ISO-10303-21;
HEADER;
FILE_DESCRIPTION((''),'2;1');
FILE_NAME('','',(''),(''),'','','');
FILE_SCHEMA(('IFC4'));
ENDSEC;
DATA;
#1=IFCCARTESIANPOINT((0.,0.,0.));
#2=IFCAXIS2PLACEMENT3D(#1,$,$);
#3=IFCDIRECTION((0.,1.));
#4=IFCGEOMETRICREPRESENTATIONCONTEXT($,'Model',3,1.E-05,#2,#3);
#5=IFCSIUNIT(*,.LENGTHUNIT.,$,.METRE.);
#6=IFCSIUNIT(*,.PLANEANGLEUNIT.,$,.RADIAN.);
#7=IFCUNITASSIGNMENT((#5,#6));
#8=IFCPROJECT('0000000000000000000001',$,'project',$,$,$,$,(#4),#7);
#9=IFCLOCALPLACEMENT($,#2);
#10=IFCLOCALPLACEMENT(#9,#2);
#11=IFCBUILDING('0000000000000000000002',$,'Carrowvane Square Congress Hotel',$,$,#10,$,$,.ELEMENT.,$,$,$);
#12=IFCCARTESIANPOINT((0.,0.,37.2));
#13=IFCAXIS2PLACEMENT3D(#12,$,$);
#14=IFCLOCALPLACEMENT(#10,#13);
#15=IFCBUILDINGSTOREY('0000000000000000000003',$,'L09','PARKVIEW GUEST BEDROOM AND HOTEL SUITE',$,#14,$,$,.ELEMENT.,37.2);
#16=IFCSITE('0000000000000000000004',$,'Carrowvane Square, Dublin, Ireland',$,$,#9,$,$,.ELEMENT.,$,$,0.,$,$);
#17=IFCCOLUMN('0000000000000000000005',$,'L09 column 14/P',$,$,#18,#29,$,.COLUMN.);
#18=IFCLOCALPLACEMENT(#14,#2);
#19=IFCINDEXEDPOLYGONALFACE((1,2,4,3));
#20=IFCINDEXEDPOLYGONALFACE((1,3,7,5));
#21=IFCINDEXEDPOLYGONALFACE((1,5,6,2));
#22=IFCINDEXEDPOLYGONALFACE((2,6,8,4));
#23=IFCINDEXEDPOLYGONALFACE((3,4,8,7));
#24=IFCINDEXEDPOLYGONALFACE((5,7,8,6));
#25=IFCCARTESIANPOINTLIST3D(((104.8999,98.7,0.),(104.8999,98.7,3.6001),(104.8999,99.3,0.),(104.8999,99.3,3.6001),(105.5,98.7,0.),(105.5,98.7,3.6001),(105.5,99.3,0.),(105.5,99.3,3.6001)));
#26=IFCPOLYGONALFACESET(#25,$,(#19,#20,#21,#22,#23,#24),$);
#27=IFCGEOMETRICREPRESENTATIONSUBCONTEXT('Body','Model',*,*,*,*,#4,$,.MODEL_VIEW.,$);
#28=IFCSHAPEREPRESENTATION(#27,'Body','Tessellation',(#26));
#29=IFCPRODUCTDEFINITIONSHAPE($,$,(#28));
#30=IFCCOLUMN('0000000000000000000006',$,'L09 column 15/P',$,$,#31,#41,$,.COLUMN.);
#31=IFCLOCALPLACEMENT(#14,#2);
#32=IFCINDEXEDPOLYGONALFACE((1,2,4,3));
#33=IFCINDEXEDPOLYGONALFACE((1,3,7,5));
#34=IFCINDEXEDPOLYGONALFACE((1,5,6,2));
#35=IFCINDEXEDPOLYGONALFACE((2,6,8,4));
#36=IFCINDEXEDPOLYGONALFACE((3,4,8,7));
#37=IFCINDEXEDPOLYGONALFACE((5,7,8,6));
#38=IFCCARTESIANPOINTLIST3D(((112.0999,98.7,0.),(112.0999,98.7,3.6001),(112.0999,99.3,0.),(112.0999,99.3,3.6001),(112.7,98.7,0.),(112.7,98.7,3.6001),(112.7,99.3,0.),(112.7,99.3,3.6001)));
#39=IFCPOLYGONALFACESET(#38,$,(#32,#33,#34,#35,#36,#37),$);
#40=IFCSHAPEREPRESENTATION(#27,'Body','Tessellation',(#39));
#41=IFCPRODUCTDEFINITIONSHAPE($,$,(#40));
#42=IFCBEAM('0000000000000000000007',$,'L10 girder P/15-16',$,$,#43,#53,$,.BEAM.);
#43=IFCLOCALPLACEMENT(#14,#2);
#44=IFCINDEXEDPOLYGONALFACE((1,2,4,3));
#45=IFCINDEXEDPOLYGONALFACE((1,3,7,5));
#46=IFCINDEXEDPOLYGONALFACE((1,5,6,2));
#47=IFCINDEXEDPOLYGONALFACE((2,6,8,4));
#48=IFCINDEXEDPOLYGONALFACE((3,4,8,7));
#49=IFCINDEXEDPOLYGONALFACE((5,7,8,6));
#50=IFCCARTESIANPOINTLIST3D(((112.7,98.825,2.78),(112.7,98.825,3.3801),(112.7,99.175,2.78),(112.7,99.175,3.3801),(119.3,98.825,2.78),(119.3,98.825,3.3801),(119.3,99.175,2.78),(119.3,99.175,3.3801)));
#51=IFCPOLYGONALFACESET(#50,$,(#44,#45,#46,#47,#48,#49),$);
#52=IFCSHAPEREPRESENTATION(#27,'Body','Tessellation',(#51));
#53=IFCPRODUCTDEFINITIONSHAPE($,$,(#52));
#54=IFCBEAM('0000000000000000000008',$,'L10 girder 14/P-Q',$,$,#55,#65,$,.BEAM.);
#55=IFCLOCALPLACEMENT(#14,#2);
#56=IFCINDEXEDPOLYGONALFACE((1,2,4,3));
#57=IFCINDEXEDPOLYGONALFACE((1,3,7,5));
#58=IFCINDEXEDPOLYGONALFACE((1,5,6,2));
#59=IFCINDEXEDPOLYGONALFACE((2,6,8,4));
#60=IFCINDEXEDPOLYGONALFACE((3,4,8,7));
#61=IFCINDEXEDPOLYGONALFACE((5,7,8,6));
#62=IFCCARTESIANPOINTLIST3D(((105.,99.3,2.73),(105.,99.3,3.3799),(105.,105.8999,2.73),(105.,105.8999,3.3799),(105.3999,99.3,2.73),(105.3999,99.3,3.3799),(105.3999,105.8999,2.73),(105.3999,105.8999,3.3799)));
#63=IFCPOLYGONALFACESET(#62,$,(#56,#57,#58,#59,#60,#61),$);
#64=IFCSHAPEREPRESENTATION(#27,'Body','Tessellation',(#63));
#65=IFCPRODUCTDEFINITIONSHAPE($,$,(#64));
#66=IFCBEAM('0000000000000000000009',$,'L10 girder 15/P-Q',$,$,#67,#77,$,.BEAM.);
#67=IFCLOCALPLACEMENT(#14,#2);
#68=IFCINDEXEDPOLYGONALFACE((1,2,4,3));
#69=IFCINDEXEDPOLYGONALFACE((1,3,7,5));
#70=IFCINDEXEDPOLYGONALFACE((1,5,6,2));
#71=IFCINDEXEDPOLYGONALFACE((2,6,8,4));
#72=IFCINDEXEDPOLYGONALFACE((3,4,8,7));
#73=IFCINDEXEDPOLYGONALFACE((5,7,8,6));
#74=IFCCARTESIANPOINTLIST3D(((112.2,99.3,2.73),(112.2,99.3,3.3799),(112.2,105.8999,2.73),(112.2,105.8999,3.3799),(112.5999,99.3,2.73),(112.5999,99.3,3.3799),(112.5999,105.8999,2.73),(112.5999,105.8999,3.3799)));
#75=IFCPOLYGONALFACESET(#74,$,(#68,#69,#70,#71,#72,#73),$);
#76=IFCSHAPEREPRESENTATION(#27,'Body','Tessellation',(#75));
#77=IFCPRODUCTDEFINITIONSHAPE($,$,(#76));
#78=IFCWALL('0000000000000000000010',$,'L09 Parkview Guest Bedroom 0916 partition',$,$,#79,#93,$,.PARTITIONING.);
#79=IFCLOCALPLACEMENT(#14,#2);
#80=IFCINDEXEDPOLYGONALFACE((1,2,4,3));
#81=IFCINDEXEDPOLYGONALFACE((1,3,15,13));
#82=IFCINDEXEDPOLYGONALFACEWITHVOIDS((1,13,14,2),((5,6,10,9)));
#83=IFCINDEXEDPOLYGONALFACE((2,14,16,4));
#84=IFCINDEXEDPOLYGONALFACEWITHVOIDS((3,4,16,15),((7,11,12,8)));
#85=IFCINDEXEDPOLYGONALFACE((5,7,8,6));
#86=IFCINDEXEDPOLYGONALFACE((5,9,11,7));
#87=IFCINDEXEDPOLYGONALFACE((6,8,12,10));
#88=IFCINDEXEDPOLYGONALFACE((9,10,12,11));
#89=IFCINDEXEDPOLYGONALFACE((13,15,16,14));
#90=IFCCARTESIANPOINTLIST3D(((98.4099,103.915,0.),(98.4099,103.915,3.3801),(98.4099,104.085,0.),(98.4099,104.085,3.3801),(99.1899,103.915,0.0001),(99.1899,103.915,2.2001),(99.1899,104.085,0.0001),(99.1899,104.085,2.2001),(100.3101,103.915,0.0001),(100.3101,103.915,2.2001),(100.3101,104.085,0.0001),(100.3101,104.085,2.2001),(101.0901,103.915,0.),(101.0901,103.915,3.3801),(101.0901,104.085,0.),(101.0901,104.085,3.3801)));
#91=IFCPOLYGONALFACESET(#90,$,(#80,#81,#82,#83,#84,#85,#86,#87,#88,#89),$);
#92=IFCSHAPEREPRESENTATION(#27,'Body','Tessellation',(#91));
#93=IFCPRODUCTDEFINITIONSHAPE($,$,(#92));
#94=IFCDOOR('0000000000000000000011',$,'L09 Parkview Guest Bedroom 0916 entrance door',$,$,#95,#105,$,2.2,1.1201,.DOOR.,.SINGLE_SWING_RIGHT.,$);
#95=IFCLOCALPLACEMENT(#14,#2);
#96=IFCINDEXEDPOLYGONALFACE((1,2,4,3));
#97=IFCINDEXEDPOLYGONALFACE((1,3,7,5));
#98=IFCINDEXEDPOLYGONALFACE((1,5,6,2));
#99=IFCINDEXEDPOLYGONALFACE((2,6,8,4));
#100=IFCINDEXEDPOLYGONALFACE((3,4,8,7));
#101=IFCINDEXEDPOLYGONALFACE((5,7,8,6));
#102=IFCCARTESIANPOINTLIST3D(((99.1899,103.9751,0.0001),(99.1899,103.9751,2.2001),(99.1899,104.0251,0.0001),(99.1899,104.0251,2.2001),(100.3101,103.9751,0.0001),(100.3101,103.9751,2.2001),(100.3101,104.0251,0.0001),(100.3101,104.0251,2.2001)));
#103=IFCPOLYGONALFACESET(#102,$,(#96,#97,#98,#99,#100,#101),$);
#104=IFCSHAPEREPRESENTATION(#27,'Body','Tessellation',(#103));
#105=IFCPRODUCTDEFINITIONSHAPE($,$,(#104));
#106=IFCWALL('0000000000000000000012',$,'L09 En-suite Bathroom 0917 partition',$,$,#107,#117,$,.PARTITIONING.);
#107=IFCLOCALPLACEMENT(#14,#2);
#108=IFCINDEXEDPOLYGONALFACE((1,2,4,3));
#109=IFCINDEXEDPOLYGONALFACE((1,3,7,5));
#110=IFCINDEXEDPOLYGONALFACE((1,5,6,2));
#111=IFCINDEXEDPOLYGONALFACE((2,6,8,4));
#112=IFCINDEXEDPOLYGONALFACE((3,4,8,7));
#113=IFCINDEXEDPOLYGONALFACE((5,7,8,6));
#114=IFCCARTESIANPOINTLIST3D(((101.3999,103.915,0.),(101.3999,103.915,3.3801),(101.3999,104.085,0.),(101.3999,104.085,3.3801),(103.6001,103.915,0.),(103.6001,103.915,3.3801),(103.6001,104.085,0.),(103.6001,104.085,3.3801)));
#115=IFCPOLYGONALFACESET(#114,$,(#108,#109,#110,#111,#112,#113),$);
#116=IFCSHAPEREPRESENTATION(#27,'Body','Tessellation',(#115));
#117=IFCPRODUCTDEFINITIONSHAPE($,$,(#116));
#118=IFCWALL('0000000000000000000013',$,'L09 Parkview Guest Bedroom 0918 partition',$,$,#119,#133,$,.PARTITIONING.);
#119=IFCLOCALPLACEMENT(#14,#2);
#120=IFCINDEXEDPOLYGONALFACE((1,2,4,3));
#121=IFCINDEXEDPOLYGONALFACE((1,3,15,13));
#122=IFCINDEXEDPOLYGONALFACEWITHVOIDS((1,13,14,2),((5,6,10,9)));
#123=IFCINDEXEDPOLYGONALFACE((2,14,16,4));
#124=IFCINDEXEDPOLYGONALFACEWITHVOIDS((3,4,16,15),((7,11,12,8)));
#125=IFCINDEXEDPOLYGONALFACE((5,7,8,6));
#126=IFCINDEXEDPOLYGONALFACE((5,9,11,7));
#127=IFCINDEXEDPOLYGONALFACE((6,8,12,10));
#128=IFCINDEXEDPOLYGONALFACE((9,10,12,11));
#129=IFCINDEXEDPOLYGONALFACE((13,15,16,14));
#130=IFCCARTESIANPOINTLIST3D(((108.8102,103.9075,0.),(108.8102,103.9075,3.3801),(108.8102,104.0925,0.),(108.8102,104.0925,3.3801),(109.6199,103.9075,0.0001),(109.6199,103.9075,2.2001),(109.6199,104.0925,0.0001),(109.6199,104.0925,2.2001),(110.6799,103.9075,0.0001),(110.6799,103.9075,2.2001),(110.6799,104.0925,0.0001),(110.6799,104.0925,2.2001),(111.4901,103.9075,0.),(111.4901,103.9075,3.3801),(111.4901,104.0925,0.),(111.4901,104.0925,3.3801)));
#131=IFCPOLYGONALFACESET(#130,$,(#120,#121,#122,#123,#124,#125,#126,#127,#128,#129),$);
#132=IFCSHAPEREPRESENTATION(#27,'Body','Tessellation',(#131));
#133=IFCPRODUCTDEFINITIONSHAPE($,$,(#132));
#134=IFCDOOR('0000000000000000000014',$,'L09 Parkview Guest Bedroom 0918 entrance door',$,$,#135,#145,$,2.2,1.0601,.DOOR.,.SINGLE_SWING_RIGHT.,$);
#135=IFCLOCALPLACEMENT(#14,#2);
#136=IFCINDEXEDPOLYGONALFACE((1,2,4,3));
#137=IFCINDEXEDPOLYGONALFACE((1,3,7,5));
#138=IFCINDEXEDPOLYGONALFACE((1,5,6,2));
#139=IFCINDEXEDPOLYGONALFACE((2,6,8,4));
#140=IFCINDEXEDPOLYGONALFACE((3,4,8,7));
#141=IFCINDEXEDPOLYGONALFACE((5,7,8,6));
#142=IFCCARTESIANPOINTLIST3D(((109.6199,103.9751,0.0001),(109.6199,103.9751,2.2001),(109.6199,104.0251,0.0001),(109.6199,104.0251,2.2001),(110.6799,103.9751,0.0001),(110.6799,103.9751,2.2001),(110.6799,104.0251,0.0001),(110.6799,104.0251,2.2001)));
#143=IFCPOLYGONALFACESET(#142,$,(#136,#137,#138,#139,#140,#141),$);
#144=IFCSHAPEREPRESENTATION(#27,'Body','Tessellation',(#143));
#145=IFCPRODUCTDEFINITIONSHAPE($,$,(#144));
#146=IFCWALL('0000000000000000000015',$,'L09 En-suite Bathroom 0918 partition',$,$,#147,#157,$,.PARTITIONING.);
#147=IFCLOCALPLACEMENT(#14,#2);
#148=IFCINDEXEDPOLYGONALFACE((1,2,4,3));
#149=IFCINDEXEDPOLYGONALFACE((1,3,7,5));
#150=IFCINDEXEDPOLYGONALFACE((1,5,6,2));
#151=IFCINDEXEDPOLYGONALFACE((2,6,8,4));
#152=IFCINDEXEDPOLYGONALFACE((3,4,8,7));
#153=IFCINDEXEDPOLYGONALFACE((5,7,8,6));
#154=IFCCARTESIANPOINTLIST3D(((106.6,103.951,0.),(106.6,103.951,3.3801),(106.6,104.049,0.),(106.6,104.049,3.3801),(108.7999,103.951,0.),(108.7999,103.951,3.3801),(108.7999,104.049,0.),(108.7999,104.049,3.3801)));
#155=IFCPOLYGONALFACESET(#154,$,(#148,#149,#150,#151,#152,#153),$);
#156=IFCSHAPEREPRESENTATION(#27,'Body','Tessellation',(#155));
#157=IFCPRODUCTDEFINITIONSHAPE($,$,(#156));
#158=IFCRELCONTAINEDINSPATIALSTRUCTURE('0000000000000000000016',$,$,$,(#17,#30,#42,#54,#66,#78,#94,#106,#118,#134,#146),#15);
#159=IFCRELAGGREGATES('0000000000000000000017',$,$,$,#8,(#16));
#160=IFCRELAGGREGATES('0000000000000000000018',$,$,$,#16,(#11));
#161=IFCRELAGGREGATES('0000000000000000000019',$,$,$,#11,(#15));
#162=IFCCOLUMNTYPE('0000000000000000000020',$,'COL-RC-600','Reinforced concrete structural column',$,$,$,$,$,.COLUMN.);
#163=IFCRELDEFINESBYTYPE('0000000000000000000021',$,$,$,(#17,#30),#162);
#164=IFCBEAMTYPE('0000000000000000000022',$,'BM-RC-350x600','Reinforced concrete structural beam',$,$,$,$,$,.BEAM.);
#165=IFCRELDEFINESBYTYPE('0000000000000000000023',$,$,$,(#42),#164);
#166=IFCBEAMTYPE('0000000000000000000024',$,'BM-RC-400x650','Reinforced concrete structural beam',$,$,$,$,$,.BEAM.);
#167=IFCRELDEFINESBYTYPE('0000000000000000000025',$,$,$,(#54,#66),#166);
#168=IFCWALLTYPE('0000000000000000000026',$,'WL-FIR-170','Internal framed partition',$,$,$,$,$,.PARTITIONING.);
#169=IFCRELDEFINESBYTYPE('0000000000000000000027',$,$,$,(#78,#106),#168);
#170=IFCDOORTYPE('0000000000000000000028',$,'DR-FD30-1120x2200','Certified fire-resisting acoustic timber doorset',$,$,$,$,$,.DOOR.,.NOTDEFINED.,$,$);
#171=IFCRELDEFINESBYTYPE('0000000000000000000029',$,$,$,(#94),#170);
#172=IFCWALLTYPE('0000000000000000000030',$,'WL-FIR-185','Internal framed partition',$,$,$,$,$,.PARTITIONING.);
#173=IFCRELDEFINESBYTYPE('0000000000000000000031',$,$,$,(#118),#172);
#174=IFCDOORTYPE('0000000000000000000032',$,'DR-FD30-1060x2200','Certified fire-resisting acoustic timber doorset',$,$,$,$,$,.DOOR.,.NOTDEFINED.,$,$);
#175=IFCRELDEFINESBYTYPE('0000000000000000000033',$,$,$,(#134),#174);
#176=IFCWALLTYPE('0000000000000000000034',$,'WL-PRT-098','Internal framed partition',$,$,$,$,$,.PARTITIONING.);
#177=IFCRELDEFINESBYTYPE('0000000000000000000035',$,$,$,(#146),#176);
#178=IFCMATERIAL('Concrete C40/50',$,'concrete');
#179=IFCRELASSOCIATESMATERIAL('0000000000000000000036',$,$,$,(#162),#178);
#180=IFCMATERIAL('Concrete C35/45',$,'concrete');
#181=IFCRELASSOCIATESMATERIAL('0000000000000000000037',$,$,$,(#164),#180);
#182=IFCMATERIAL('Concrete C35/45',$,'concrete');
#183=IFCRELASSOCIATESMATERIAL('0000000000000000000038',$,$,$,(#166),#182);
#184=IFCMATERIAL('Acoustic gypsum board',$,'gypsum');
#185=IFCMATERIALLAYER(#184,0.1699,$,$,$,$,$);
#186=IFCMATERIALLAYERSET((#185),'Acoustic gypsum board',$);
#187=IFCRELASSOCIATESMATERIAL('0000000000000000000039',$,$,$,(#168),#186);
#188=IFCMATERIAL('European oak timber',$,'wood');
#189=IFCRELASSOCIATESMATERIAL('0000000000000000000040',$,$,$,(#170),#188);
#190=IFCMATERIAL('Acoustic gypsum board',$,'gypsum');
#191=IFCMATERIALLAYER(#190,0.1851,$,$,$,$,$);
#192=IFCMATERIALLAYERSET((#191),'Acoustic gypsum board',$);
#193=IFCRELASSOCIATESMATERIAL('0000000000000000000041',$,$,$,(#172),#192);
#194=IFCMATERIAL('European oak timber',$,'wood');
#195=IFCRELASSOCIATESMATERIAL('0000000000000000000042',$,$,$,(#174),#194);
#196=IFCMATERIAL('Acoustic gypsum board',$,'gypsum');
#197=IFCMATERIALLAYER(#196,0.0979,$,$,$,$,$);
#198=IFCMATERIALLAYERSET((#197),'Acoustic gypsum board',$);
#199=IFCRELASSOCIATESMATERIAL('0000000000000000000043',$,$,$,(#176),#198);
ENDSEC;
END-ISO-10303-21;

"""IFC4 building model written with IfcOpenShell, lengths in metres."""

from ifc_helpers import new_model, si_unit, direction, frame, frame_2d, origin, origin_2d, place, context, subcontext, project, spatial, rectangle, extrude, material, layer, layer_set, material_profile, profile_set, type_object, element, fill, save


model = new_model("IFC4")

# Units and contexts
model_context = context("Model", 3, precision=1e-05, world=origin(), true_north=direction((0.0, 1.0)))
body_context = subcontext(model_context, "Body", "Model", "MODEL_VIEW")
ifc_project = project(units=[si_unit("LENGTHUNIT", "METRE"), si_unit("PLANEANGLEUNIT", "RADIAN")], contexts=[model_context])

# Site, building, storey
site_placement = place(None, origin())
site = spatial("IfcSite", under=ifc_project, at=site_placement, Name="Carrowvane Square, Dublin, Ireland", CompositionType="ELEMENT", RefElevation=0.0)
building_placement = place(site_placement, origin())
building = spatial("IfcBuilding", under=site, at=building_placement, Name="Carrowvane Square Congress Hotel", CompositionType="ELEMENT")
storey_placement = place(building_placement, frame((0.0, 0.0, 37.2)))
storey = spatial("IfcBuildingStorey", under=building, at=storey_placement, Name="L09", Description="PARKVIEW GUEST BEDROOM AND HOTEL SUITE", CompositionType="ELEMENT", Elevation=37.2)

# Columns
ifc_material_1 = material(Name="Concrete C40/50", Category="concrete")
ifc_material_profile_1 = material_profile(ifc_material_1, rectangle(XDim=0.6001, YDim=0.6001, at=origin_2d()), Name="RC 600x600")
ifc_profile_set_1 = profile_set([ifc_material_profile_1], Name="Concrete C40/50")
column_type = type_object("IfcColumnType", Name="COL-RC-600", Description="Reinforced concrete structural column", PredefinedType="COLUMN", material=ifc_profile_set_1)
for number, where, z_axis, x_axis, name in (
    (1, (105.2, 99.0, 0.0), (0.0, 0.0, 1.0), (1.0, 0.0, 0.0), "L09 column 14/P"),
    (2, (112.3999, 99.0, 0.0), (0.0, 0.0, 1.0), (1.0, 0.0, 0.0), "L09 column 15/P"),
):
    element("IfcColumn", number, at=place(storey_placement, frame(where, z_axis=z_axis, x_axis=x_axis)), inside=storey, type_object=column_type, Name=name, PredefinedType="COLUMN", context=body_context, shape_type="SweptSolid", body=[
        extrude(rectangle(XDim=0.6001, YDim=0.6001, at=origin_2d()), origin(), (0.0, 0.0, 1.0), 3.6001),
    ])

# Beams
ifc_material_2 = material(Name="Concrete C35/45", Category="concrete")
ifc_material_profile_2 = material_profile(ifc_material_2, rectangle(XDim=0.3501, YDim=0.6001, at=origin_2d()), Name="RC 350x600")
ifc_profile_set_2 = profile_set([ifc_material_profile_2], Name="Concrete C35/45")
beam_type_1 = type_object("IfcBeamType", Name="BM-RC-350x600", Description="Reinforced concrete structural beam", PredefinedType="BEAM", material=ifc_profile_set_2)
beam_placement = place(storey_placement, frame((112.7, 99.0, 3.0801), z_axis=(1.0, 0.0, 0.0), x_axis=(0.0, 1.0, 0.0)))
element("IfcBeam", 3, at=beam_placement, inside=storey, type_object=beam_type_1, Name="L10 girder P/15-16", PredefinedType="BEAM", context=body_context, shape_type="SweptSolid", body=[
    extrude(rectangle(XDim=0.3501, YDim=0.6001, at=origin_2d()), origin(), (0.0, 0.0, 1.0), 6.6001),
])
ifc_material_3 = material(Name="Concrete C35/45", Category="concrete")
ifc_material_profile_3 = material_profile(ifc_material_3, rectangle(XDim=0.3999, YDim=0.6499, at=origin_2d()), Name="RC 400x650")
ifc_profile_set_3 = profile_set([ifc_material_profile_3], Name="Concrete C35/45")
beam_type_2 = type_object("IfcBeamType", Name="BM-RC-400x650", Description="Reinforced concrete structural beam", PredefinedType="BEAM", material=ifc_profile_set_3)
for number, where, z_axis, x_axis, name in (
    (4, (105.2, 99.3, 3.0549), (0.0, 1.0, 0.0), (-1.0, 0.0, 0.0), "L10 girder 14/P-Q"),
    (5, (112.3999, 99.3, 3.0549), (0.0, 1.0, 0.0), (-1.0, 0.0, 0.0), "L10 girder 15/P-Q"),
):
    element("IfcBeam", number, at=place(storey_placement, frame(where, z_axis=z_axis, x_axis=x_axis)), inside=storey, type_object=beam_type_2, Name=name, PredefinedType="BEAM", context=body_context, shape_type="SweptSolid", body=[
        extrude(rectangle(XDim=0.3999, YDim=0.6499, at=origin_2d()), origin(), (0.0, 0.0, 1.0), 6.5999),
    ])

# Wall, opening, door
ifc_material_4 = material(Name="Acoustic gypsum board", Category="gypsum")
ifc_layer_1 = layer(ifc_material_4, 0.1699)
ifc_layer_set_1 = layer_set([ifc_layer_1], Name="Acoustic gypsum board")
wall_type_1 = type_object("IfcWallType", Name="WL-FIR-170", Description="Internal framed partition", PredefinedType="PARTITIONING", material=ifc_layer_set_1)
wall_1_placement = place(storey_placement, frame((101.0901, 104.0, 0.0), z_axis=(0.0, 0.0, 1.0), x_axis=(-1.0, 0.0, 0.0)))
wall_1 = element("IfcWall", 6, at=wall_1_placement, inside=storey, type_object=wall_type_1, Name="L09 Parkview Guest Bedroom 0916 partition", PredefinedType="PARTITIONING", context=body_context, shape_type="SweptSolid", body=[
    extrude(rectangle(XDim=2.6802, YDim=0.1699, at=frame_2d((1.3401, 0.0))), origin(), (0.0, 0.0, 1.0), 3.3801),
])
opening_1_placement = place(wall_1_placement, frame((0.78, 0.0, 0.0)))
opening_1 = element("IfcOpeningElement", 7, at=opening_1_placement, cuts=wall_1, PredefinedType="OPENING", context=body_context, shape_type="SweptSolid", body=[
    extrude(rectangle(XDim=1.1201, YDim=2.2, at=frame_2d((0.5601, 1.1001))), frame((0.0, 0.095, 0.0), z_axis=(0.0, -1.0, 0.0), x_axis=(1.0, 0.0, 0.0)), (0.0, 0.0, 1.0), 0.1899),
])
ifc_material_5 = material(Name="European oak timber", Category="wood")
door_type_1 = type_object("IfcDoorType", Name="DR-FD30-1120x2200", Description="Certified fire-resisting acoustic timber doorset", OperationType="NOTDEFINED", PredefinedType="DOOR", material=ifc_material_5)
door_1_placement = place(opening_1_placement, origin())
door_1 = element("IfcDoor", 8, at=door_1_placement, inside=storey, type_object=door_type_1, Name="L09 Parkview Guest Bedroom 0916 entrance door", OperationType="SINGLE_SWING_RIGHT", OverallHeight=2.2, OverallWidth=1.1201, PredefinedType="DOOR", context=body_context, shape_type="SweptSolid", body=[
    extrude(rectangle(XDim=1.1201, YDim=2.2, at=frame_2d((0.5601, 1.1001))), frame((0.0, 0.0249, 0.0), z_axis=(0.0, -1.0, 0.0), x_axis=(1.0, 0.0, 0.0)), (0.0, 0.0, 1.0), 0.05),
])
fill(opening_1, door_1)

# Wall
wall_2_placement = place(storey_placement, frame((103.6001, 104.0, 0.0), z_axis=(0.0, 0.0, 1.0), x_axis=(-1.0, 0.0, 0.0)))
element("IfcWall", 9, at=wall_2_placement, inside=storey, type_object=wall_type_1, Name="L09 En-suite Bathroom 0917 partition", PredefinedType="PARTITIONING", context=body_context, shape_type="SweptSolid", body=[
    extrude(rectangle(XDim=2.2002, YDim=0.1699, at=frame_2d((1.1001, 0.0))), origin(), (0.0, 0.0, 1.0), 3.3801),
])

# Wall, opening, door
ifc_material_6 = material(Name="Acoustic gypsum board", Category="gypsum")
ifc_layer_2 = layer(ifc_material_6, 0.1851)
ifc_layer_set_2 = layer_set([ifc_layer_2], Name="Acoustic gypsum board")
wall_type_2 = type_object("IfcWallType", Name="WL-FIR-185", Description="Internal framed partition", PredefinedType="PARTITIONING", material=ifc_layer_set_2)
wall_3_placement = place(storey_placement, frame((111.49, 104.0, 0.0), z_axis=(0.0, 0.0, 1.0), x_axis=(-1.0, 0.0, 0.0)))
wall_3 = element("IfcWall", 10, at=wall_3_placement, inside=storey, type_object=wall_type_2, Name="L09 Parkview Guest Bedroom 0918 partition", PredefinedType="PARTITIONING", context=body_context, shape_type="SweptSolid", body=[
    extrude(rectangle(XDim=2.6799, YDim=0.1851, at=frame_2d((1.3398, 0.0))), origin(), (0.0, 0.0, 1.0), 3.3801),
])
opening_2_placement = place(wall_3_placement, frame((0.8101, 0.0, 0.0)))
opening_2 = element("IfcOpeningElement", 11, at=opening_2_placement, cuts=wall_3, PredefinedType="OPENING", context=body_context, shape_type="SweptSolid", body=[
    extrude(rectangle(XDim=1.0601, YDim=2.2, at=frame_2d((0.53, 1.1001))), frame((0.0, 0.1025, 0.0), z_axis=(0.0, -1.0, 0.0), x_axis=(1.0, 0.0, 0.0)), (0.0, 0.0, 1.0), 0.2051),
])
ifc_material_7 = material(Name="European oak timber", Category="wood")
door_type_2 = type_object("IfcDoorType", Name="DR-FD30-1060x2200", Description="Certified fire-resisting acoustic timber doorset", OperationType="NOTDEFINED", PredefinedType="DOOR", material=ifc_material_7)
door_2_placement = place(opening_2_placement, origin())
door_2 = element("IfcDoor", 12, at=door_2_placement, inside=storey, type_object=door_type_2, Name="L09 Parkview Guest Bedroom 0918 entrance door", OperationType="SINGLE_SWING_RIGHT", OverallHeight=2.2, OverallWidth=1.0601, PredefinedType="DOOR", context=body_context, shape_type="SweptSolid", body=[
    extrude(rectangle(XDim=1.0601, YDim=2.2, at=frame_2d((0.53, 1.1001))), frame((0.0, 0.0249, 0.0), z_axis=(0.0, -1.0, 0.0), x_axis=(1.0, 0.0, 0.0)), (0.0, 0.0, 1.0), 0.05),
])
fill(opening_2, door_2)

# Wall
ifc_material_8 = material(Name="Acoustic gypsum board", Category="gypsum")
ifc_layer_3 = layer(ifc_material_8, 0.0979)
ifc_layer_set_3 = layer_set([ifc_layer_3], Name="Acoustic gypsum board")
wall_type_3 = type_object("IfcWallType", Name="WL-PRT-098", Description="Internal framed partition", PredefinedType="PARTITIONING", material=ifc_layer_set_3)
wall_4_placement = place(storey_placement, frame((108.8, 104.0, 0.0), z_axis=(0.0, 0.0, 1.0), x_axis=(-1.0, 0.0, 0.0)))
element("IfcWall", 13, at=wall_4_placement, inside=storey, type_object=wall_type_3, Name="L09 En-suite Bathroom 0918 partition", PredefinedType="PARTITIONING", context=body_context, shape_type="SweptSolid", body=[
    extrude(rectangle(XDim=2.2, YDim=0.0979, at=frame_2d((1.1001, 0.0))), origin(), (0.0, 0.0, 1.0), 3.3801),
])

save(model, "model.ifc")
